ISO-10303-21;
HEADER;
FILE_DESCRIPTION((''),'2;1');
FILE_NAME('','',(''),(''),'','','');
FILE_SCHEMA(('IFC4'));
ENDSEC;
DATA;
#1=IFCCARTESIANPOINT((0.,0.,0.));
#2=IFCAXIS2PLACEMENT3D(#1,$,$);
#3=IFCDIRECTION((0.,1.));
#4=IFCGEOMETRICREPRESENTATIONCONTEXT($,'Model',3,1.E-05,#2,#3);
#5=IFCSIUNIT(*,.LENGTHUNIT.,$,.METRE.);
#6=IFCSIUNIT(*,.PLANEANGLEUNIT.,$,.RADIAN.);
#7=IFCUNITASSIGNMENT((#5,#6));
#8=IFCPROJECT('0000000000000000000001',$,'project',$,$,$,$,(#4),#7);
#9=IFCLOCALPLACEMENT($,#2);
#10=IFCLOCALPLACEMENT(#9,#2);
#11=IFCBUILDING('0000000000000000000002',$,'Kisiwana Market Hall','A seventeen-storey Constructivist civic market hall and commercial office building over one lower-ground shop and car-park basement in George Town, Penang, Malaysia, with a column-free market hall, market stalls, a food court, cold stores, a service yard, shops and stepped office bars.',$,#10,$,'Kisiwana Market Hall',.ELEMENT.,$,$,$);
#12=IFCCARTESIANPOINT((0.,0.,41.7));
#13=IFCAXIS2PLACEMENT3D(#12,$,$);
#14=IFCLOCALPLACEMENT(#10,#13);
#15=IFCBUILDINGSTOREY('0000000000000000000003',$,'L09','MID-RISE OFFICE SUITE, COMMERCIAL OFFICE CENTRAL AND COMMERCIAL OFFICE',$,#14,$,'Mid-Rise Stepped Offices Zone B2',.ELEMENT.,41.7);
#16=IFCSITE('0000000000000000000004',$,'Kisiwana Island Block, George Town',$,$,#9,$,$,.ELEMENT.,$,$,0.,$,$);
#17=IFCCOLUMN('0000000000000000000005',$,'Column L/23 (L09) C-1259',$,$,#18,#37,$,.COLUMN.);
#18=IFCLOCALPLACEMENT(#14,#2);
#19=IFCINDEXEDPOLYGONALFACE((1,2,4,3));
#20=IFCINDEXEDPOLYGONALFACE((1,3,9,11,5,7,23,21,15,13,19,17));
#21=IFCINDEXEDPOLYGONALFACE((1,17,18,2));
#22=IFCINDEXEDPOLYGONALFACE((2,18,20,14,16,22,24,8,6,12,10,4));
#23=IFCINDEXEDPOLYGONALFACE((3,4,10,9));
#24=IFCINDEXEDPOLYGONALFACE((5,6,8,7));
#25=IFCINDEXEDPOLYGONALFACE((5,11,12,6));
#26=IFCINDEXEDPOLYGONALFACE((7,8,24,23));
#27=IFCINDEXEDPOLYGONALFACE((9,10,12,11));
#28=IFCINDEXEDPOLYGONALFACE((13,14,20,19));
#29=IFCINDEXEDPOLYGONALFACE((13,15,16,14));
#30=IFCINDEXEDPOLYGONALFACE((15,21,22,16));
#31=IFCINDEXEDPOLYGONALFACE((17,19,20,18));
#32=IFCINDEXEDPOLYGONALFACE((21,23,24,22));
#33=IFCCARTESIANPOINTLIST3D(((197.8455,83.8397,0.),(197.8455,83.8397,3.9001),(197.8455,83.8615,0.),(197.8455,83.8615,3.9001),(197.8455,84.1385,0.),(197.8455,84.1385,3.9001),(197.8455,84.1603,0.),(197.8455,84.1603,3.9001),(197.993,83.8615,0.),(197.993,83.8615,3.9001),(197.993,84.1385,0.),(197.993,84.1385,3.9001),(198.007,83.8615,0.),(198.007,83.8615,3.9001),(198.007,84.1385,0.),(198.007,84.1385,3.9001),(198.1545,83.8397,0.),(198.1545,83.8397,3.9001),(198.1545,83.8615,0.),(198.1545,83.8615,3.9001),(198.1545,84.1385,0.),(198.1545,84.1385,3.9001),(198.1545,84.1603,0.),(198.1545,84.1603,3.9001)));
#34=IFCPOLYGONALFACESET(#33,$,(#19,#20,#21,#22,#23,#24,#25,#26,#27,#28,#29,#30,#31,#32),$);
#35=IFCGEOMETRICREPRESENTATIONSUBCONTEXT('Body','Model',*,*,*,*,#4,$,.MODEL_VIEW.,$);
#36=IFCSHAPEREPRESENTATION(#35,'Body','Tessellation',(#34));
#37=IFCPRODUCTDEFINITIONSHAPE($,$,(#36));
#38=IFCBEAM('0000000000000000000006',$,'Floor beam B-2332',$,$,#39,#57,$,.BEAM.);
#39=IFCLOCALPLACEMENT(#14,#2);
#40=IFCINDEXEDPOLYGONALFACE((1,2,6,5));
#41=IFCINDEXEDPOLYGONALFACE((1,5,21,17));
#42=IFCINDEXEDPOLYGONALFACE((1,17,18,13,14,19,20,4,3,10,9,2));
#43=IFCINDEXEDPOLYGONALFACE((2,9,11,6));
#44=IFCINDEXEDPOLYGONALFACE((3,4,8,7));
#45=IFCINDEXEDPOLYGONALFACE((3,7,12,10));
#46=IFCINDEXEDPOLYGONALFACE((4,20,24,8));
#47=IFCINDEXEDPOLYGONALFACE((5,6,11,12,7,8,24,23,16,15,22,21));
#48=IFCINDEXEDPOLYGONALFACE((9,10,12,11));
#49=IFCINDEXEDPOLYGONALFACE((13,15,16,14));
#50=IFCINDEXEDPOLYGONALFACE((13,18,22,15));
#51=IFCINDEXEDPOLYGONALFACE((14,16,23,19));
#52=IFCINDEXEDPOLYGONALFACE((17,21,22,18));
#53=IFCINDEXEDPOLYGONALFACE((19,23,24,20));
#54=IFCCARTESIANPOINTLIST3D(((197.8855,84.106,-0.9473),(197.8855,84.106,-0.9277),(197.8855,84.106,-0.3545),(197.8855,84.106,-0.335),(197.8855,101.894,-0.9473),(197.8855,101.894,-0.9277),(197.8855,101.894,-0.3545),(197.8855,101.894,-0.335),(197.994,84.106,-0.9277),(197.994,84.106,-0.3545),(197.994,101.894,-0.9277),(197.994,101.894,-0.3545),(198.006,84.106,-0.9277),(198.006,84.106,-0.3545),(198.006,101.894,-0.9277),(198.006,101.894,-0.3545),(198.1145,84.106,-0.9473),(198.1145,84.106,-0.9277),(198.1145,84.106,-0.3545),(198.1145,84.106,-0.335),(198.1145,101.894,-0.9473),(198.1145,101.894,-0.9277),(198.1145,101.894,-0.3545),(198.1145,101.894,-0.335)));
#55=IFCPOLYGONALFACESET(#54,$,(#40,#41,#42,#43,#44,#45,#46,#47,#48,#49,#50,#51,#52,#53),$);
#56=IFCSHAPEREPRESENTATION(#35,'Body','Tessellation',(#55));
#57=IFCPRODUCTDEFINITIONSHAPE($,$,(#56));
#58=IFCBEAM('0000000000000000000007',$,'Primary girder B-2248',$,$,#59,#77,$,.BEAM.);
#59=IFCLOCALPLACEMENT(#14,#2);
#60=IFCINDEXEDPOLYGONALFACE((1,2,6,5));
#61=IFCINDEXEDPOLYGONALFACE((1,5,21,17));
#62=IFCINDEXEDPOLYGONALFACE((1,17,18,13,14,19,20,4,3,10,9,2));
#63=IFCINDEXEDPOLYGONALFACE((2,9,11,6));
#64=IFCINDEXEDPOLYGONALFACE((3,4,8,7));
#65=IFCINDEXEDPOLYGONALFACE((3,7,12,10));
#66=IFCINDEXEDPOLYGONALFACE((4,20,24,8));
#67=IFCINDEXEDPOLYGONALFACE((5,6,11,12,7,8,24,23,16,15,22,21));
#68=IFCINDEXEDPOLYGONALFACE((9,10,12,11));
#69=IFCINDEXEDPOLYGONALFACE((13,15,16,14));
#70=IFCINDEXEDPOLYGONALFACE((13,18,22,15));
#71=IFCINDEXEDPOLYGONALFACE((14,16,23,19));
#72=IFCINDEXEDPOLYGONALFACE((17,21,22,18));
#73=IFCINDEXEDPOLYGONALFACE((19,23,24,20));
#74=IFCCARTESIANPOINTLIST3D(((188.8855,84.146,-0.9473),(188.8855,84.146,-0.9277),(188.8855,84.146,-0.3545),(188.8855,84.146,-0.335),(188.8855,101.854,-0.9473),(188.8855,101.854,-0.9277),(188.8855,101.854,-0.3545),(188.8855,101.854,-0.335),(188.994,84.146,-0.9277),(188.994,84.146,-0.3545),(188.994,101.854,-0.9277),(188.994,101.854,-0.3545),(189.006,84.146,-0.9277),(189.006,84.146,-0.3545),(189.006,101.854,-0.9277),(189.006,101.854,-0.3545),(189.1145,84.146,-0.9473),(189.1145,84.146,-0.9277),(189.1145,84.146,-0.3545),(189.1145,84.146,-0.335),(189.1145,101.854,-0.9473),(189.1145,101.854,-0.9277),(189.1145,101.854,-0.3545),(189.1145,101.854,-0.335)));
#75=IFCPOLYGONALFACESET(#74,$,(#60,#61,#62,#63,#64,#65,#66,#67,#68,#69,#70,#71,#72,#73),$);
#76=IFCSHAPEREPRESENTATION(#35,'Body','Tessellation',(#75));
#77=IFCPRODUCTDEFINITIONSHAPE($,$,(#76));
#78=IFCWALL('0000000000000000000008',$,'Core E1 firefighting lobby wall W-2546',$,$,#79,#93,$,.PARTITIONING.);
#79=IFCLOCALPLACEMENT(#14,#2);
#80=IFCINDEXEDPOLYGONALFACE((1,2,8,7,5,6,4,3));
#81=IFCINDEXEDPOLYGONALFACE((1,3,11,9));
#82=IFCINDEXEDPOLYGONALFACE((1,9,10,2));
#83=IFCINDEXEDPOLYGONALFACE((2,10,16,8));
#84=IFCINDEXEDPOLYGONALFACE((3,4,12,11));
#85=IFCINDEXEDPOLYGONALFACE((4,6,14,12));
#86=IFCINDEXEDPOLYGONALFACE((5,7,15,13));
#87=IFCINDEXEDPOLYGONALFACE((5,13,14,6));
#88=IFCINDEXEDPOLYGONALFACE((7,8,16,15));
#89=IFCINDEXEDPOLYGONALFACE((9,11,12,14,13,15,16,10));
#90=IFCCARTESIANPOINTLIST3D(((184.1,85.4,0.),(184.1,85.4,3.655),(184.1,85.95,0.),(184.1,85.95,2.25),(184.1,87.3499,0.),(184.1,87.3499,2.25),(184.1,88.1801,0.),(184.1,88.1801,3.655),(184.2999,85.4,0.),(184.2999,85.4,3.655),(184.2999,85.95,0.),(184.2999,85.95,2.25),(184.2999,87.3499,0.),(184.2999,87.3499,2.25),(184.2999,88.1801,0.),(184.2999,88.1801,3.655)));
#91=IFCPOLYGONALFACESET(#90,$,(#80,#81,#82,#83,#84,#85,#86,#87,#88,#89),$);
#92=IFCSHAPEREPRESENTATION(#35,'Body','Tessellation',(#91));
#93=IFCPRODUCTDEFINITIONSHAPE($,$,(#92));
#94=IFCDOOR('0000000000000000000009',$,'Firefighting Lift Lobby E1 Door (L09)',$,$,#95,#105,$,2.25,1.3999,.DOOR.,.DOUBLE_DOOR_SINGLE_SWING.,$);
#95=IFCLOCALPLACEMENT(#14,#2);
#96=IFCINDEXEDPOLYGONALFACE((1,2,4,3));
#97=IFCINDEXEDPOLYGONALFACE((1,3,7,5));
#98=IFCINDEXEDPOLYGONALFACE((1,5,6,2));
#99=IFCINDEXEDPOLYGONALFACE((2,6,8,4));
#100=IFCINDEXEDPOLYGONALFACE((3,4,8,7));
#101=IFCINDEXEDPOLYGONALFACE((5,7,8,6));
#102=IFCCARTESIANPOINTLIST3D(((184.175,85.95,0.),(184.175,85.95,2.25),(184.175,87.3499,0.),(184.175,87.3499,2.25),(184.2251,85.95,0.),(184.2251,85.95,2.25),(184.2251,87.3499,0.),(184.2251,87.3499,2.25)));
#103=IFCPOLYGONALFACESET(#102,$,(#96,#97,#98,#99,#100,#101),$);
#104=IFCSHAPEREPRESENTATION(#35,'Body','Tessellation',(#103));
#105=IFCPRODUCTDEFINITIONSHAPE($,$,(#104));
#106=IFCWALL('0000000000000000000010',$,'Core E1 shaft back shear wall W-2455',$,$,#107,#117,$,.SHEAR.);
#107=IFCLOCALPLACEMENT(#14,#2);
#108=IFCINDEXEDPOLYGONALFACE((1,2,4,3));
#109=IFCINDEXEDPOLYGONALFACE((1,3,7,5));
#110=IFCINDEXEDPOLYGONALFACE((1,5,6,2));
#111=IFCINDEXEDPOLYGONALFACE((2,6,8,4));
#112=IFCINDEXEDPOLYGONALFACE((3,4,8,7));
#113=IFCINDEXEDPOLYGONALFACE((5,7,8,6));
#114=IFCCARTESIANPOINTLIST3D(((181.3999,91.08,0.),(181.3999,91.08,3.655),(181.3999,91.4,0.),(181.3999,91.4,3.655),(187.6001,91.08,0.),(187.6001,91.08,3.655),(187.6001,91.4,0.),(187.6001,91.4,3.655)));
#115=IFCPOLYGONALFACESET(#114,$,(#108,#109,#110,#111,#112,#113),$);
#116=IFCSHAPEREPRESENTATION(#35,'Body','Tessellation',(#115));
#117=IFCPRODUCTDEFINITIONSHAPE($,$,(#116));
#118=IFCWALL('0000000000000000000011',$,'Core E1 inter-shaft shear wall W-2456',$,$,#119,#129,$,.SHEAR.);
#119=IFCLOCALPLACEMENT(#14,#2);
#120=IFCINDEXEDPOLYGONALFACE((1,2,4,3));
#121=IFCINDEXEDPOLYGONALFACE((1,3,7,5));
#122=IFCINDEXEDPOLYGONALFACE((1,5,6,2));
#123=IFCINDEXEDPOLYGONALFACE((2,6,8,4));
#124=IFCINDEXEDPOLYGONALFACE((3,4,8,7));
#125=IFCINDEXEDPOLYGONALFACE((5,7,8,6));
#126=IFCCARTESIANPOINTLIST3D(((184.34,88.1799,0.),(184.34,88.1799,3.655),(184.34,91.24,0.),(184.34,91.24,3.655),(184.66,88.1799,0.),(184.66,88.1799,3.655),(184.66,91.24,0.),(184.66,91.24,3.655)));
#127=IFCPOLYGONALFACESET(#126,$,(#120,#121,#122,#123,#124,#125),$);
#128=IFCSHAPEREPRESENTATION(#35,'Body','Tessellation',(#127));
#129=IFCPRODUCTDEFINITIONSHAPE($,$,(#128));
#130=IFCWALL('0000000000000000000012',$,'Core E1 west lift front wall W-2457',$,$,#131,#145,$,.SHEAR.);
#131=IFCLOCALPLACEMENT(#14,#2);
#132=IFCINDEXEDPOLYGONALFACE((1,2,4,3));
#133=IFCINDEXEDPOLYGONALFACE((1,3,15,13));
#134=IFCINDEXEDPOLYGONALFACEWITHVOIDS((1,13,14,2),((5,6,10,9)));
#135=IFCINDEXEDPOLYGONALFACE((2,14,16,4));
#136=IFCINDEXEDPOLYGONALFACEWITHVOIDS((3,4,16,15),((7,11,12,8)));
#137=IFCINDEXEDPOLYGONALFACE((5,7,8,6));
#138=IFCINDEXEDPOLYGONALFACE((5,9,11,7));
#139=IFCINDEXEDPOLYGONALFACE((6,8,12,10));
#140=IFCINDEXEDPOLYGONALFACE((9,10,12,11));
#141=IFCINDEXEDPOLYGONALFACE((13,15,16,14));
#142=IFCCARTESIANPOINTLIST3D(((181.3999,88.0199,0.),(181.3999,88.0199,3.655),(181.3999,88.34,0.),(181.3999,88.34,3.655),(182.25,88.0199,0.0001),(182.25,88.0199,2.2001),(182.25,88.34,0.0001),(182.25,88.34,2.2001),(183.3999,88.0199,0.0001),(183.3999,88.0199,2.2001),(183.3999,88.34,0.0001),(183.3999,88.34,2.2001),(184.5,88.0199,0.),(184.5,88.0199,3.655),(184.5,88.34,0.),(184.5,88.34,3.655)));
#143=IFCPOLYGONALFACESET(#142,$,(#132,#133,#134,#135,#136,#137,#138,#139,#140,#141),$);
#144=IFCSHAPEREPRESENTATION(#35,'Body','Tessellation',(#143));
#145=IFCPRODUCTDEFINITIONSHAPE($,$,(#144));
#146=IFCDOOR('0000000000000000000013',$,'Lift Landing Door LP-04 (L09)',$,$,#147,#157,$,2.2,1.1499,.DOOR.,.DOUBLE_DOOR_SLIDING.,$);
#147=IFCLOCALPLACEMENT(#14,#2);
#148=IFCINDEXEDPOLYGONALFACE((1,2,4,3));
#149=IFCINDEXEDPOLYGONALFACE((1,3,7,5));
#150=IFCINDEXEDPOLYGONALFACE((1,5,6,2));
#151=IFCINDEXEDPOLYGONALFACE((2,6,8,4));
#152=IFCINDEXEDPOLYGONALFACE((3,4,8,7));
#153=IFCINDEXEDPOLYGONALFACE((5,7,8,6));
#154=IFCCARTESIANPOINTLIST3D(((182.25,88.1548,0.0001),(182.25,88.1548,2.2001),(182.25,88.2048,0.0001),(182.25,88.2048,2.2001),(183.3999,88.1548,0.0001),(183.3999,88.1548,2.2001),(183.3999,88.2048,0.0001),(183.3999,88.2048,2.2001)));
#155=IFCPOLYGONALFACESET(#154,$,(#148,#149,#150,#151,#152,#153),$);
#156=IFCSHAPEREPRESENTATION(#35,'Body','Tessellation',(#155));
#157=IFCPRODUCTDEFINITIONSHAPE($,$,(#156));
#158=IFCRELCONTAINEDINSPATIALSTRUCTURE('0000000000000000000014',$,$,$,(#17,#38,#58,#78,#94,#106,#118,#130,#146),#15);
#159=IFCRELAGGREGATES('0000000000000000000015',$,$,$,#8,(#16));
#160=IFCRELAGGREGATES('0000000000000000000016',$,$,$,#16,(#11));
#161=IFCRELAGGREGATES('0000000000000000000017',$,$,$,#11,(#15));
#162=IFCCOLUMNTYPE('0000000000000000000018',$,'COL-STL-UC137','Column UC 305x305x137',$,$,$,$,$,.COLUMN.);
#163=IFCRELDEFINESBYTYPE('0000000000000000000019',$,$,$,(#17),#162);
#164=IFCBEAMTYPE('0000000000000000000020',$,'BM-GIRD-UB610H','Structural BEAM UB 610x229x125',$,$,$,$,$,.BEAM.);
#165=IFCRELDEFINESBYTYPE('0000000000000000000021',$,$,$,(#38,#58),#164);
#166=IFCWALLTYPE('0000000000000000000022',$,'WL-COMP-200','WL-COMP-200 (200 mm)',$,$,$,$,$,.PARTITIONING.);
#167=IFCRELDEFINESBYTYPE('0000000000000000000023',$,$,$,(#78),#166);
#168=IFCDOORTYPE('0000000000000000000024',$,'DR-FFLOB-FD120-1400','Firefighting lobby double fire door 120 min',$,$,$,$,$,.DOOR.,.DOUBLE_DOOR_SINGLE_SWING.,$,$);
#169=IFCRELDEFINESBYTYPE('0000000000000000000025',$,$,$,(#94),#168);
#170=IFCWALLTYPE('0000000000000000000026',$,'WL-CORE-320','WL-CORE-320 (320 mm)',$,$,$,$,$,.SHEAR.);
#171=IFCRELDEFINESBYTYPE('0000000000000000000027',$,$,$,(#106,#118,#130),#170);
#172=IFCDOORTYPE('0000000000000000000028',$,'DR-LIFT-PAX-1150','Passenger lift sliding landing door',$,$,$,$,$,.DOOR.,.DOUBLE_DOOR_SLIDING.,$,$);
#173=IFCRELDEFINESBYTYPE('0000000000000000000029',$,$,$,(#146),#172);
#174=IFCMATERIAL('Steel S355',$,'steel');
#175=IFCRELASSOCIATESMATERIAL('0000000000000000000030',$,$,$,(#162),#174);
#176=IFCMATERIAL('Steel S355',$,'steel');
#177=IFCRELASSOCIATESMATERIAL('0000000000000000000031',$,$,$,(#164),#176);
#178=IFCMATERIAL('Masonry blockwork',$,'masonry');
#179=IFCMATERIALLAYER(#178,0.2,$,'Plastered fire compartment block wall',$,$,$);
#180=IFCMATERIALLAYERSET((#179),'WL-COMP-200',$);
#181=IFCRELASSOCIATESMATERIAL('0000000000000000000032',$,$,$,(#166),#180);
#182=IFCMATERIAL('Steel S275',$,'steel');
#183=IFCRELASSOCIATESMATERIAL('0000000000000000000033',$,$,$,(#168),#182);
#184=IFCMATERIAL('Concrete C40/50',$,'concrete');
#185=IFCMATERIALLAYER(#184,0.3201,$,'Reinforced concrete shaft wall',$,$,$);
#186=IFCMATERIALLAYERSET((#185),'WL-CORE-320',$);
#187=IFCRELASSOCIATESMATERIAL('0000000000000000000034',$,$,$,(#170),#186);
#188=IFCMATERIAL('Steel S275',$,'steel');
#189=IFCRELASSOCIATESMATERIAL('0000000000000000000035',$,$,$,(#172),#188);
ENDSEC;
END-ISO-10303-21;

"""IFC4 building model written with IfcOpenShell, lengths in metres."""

from ifc_helpers import new_model, si_unit, direction, frame, frame_2d, origin, origin_2d, place, context, subcontext, project, spatial, rectangle, i_section, extrude, material, layer, layer_set, material_profile, profile_set, type_object, element, fill, save


model = new_model("IFC4")

# Units and contexts
model_context = context("Model", 3, precision=1e-05, world=origin(), true_north=direction((0.0, 1.0)))
body_context = subcontext(model_context, "Body", "Model", "MODEL_VIEW")
ifc_project = project(units=[si_unit("LENGTHUNIT", "METRE"), si_unit("PLANEANGLEUNIT", "RADIAN")], contexts=[model_context])

# Site, building, storey
site_placement = place(None, origin())
site = spatial("IfcSite", under=ifc_project, at=site_placement, Name="Kisiwana Island Block, George Town", CompositionType="ELEMENT", RefElevation=0.0)
building_placement = place(site_placement, origin())
building = spatial("IfcBuilding", under=site, at=building_placement, Name="Kisiwana Market Hall", Description="A seventeen-storey Constructivist civic market hall and commercial office building over one lower-ground shop and car-park basement in George Town, Penang, Malaysia, with a column-free market hall, market stalls, a food court, cold stores, a service yard, shops and stepped office bars.", LongName="Kisiwana Market Hall", CompositionType="ELEMENT")
storey_placement = place(building_placement, frame((0.0, 0.0, 41.7)))
storey = spatial("IfcBuildingStorey", under=building, at=storey_placement, Name="L09", Description="MID-RISE OFFICE SUITE, COMMERCIAL OFFICE CENTRAL AND COMMERCIAL OFFICE", LongName="Mid-Rise Stepped Offices Zone B2", CompositionType="ELEMENT", Elevation=41.7)

# Column
ifc_material_1 = material(Name="Steel S355", Category="steel")
ifc_material_profile_1 = material_profile(ifc_material_1, i_section(OverallWidth=0.3091, OverallDepth=0.3206, WebThickness=0.0139, FlangeThickness=0.0217, at=origin_2d()), Name="UC 305x305x137")
ifc_profile_set_1 = profile_set([ifc_material_profile_1], Name="Steel S355")
column_type = type_object("IfcColumnType", Name="COL-STL-UC137", Description="Column UC 305x305x137", PredefinedType="COLUMN", material=ifc_profile_set_1)
column_placement = place(storey_placement, frame((198.0, 84.0, 0.0), z_axis=(0.0, 0.0, 1.0), x_axis=(1.0, 0.0, 0.0)))
element("IfcColumn", 1, at=column_placement, inside=storey, type_object=column_type, Name="Column L/23 (L09) C-1259", PredefinedType="COLUMN", context=body_context, shape_type="SweptSolid", body=[
    extrude(i_section(OverallWidth=0.3091, OverallDepth=0.3206, WebThickness=0.0139, FlangeThickness=0.0217, at=origin_2d()), origin(), (0.0, 0.0, 1.0), 3.9001),
])

# Beams
ifc_material_2 = material(Name="Steel S355", Category="steel")
ifc_material_profile_2 = material_profile(ifc_material_2, i_section(OverallWidth=0.229, OverallDepth=0.6123, WebThickness=0.012, FlangeThickness=0.0195, at=origin_2d()), Name="UB 610x229x125")
ifc_profile_set_2 = profile_set([ifc_material_profile_2], Name="Steel S355")
beam_type = type_object("IfcBeamType", Name="BM-GIRD-UB610H", Description="Structural BEAM UB 610x229x125", PredefinedType="BEAM", material=ifc_profile_set_2)
beam_1_placement = place(storey_placement, frame((198.0, 84.106, -0.6411), z_axis=(0.0, 1.0, 0.0), x_axis=(-1.0, 0.0, 0.0)))
element("IfcBeam", 2, at=beam_1_placement, inside=storey, type_object=beam_type, Name="Floor beam B-2332", PredefinedType="BEAM", context=body_context, shape_type="SweptSolid", body=[
    extrude(i_section(OverallWidth=0.229, OverallDepth=0.6123, WebThickness=0.012, FlangeThickness=0.0195, at=origin_2d()), origin(), (0.0, 0.0, 1.0), 17.7881),
])
beam_2_placement = place(storey_placement, frame((189.0, 84.146, -0.6411), z_axis=(0.0, 1.0, 0.0), x_axis=(-1.0, 0.0, 0.0)))
element("IfcBeam", 3, at=beam_2_placement, inside=storey, type_object=beam_type, Name="Primary girder B-2248", PredefinedType="BEAM", context=body_context, shape_type="SweptSolid", body=[
    extrude(i_section(OverallWidth=0.229, OverallDepth=0.6123, WebThickness=0.012, FlangeThickness=0.0195, at=origin_2d()), origin(), (0.0, 0.0, 1.0), 17.708),
])

# Wall, opening, door
ifc_material_3 = material(Name="Masonry blockwork", Category="masonry")
ifc_layer_1 = layer(ifc_material_3, 0.2, Name="Plastered fire compartment block wall")
ifc_layer_set_1 = layer_set([ifc_layer_1], Name="WL-COMP-200")
wall_type_1 = type_object("IfcWallType", Name="WL-COMP-200", Description="WL-COMP-200 (200 mm)", PredefinedType="PARTITIONING", material=ifc_layer_set_1)
wall_1_placement = place(storey_placement, frame((184.2, 85.3999, 0.0), z_axis=(0.0, 0.0, 1.0), x_axis=(0.0, 1.0, 0.0)))
wall_1 = element("IfcWall", 4, at=wall_1_placement, inside=storey, type_object=wall_type_1, Name="Core E1 firefighting lobby wall W-2546", PredefinedType="PARTITIONING", context=body_context, shape_type="SweptSolid", body=[
    extrude(rectangle(XDim=2.78, YDim=0.2, at=frame_2d((1.3901, 0.0))), origin(), (0.0, 0.0, 1.0), 3.655),
])
opening_1_placement = place(wall_1_placement, frame((0.55, 0.0, 0.0)))
opening_1 = element("IfcOpeningElement", 5, at=opening_1_placement, cuts=wall_1, PredefinedType="OPENING", context=body_context, shape_type="SweptSolid", body=[
    extrude(rectangle(XDim=1.3999, YDim=2.25, at=frame_2d((0.7, 1.125))), frame((0.0, 0.1118, 0.0), z_axis=(0.0, -1.0, 0.0), x_axis=(1.0, 0.0, 0.0)), (0.0, 0.0, 1.0), 0.2239),
])
ifc_material_4 = material(Name="Steel S275", Category="steel")
door_type_1 = type_object("IfcDoorType", Name="DR-FFLOB-FD120-1400", Description="Firefighting lobby double fire door 120 min", OperationType="DOUBLE_DOOR_SINGLE_SWING", PredefinedType="DOOR", material=ifc_material_4)
door_1_placement = place(opening_1_placement, origin())
door_1 = element("IfcDoor", 6, at=door_1_placement, inside=storey, type_object=door_type_1, Name="Firefighting Lift Lobby E1 Door (L09)", OperationType="DOUBLE_DOOR_SINGLE_SWING", OverallHeight=2.25, OverallWidth=1.3999, PredefinedType="DOOR", context=body_context, shape_type="SweptSolid", body=[
    extrude(rectangle(XDim=1.3999, YDim=2.25, at=frame_2d((0.7, 1.125))), frame((0.0, 0.0249, 0.0), z_axis=(0.0, -1.0, 0.0), x_axis=(1.0, 0.0, 0.0)), (0.0, 0.0, 1.0), 0.05),
])
fill(opening_1, door_1)

# Walls
ifc_material_5 = material(Name="Concrete C40/50", Category="concrete")
ifc_layer_2 = layer(ifc_material_5, 0.3201, Name="Reinforced concrete shaft wall")
ifc_layer_set_2 = layer_set([ifc_layer_2], Name="WL-CORE-320")
wall_type_2 = type_object("IfcWallType", Name="WL-CORE-320", Description="WL-CORE-320 (320 mm)", PredefinedType="SHEAR", material=ifc_layer_set_2)
wall_2_placement = place(storey_placement, frame((181.3999, 91.24, 0.0), z_axis=(0.0, 0.0, 1.0), x_axis=(1.0, 0.0, 0.0)))
element("IfcWall", 7, at=wall_2_placement, inside=storey, type_object=wall_type_2, Name="Core E1 shaft back shear wall W-2455", PredefinedType="SHEAR", context=body_context, shape_type="SweptSolid", body=[
    extrude(rectangle(XDim=6.2002, YDim=0.3201, at=frame_2d((3.1001, 0.0))), origin(), (0.0, 0.0, 1.0), 3.655),
])
wall_3_placement = place(storey_placement, frame((184.5, 88.1799, 0.0), z_axis=(0.0, 0.0, 1.0), x_axis=(0.0, 1.0, 0.0)))
element("IfcWall", 8, at=wall_3_placement, inside=storey, type_object=wall_type_2, Name="Core E1 inter-shaft shear wall W-2456", PredefinedType="SHEAR", context=body_context, shape_type="SweptSolid", body=[
    extrude(rectangle(XDim=3.0601, YDim=0.3201, at=frame_2d((1.53, 0.0))), origin(), (0.0, 0.0, 1.0), 3.655),
])

# Wall, opening, door
wall_4_placement = place(storey_placement, frame((181.3999, 88.1799, 0.0), z_axis=(0.0, 0.0, 1.0), x_axis=(1.0, 0.0, 0.0)))
wall_4 = element("IfcWall", 9, at=wall_4_placement, inside=storey, type_object=wall_type_2, Name="Core E1 west lift front wall W-2457", PredefinedType="SHEAR", context=body_context, shape_type="SweptSolid", body=[
    extrude(rectangle(XDim=3.1001, YDim=0.3201, at=frame_2d((1.55, 0.0))), origin(), (0.0, 0.0, 1.0), 3.655),
])
opening_2_placement = place(wall_4_placement, frame((0.8501, 0.0, 0.0)))
opening_2 = element("IfcOpeningElement", 10, at=opening_2_placement, cuts=wall_4, PredefinedType="OPENING", context=body_context, shape_type="SweptSolid", body=[
    extrude(rectangle(XDim=1.1499, YDim=2.2, at=frame_2d((0.575, 1.1001))), frame((0.0, 0.1719, 0.0), z_axis=(0.0, -1.0, 0.0), x_axis=(1.0, 0.0, 0.0)), (0.0, 0.0, 1.0), 0.344),
])
ifc_material_6 = material(Name="Steel S275", Category="steel")
door_type_2 = type_object("IfcDoorType", Name="DR-LIFT-PAX-1150", Description="Passenger lift sliding landing door", OperationType="DOUBLE_DOOR_SLIDING", PredefinedType="DOOR", material=ifc_material_6)
door_2_placement = place(opening_2_placement, origin())
door_2 = element("IfcDoor", 11, at=door_2_placement, inside=storey, type_object=door_type_2, Name="Lift Landing Door LP-04 (L09)", OperationType="DOUBLE_DOOR_SLIDING", OverallHeight=2.2, OverallWidth=1.1499, PredefinedType="DOOR", context=body_context, shape_type="SweptSolid", body=[
    extrude(rectangle(XDim=1.1499, YDim=2.2, at=frame_2d((0.575, 1.1001))), frame((0.0, 0.0249, 0.0), z_axis=(0.0, -1.0, 0.0), x_axis=(1.0, 0.0, 0.0)), (0.0, 0.0, 1.0), 0.05),
])
fill(opening_2, door_2)

save(model, "model.ifc")
